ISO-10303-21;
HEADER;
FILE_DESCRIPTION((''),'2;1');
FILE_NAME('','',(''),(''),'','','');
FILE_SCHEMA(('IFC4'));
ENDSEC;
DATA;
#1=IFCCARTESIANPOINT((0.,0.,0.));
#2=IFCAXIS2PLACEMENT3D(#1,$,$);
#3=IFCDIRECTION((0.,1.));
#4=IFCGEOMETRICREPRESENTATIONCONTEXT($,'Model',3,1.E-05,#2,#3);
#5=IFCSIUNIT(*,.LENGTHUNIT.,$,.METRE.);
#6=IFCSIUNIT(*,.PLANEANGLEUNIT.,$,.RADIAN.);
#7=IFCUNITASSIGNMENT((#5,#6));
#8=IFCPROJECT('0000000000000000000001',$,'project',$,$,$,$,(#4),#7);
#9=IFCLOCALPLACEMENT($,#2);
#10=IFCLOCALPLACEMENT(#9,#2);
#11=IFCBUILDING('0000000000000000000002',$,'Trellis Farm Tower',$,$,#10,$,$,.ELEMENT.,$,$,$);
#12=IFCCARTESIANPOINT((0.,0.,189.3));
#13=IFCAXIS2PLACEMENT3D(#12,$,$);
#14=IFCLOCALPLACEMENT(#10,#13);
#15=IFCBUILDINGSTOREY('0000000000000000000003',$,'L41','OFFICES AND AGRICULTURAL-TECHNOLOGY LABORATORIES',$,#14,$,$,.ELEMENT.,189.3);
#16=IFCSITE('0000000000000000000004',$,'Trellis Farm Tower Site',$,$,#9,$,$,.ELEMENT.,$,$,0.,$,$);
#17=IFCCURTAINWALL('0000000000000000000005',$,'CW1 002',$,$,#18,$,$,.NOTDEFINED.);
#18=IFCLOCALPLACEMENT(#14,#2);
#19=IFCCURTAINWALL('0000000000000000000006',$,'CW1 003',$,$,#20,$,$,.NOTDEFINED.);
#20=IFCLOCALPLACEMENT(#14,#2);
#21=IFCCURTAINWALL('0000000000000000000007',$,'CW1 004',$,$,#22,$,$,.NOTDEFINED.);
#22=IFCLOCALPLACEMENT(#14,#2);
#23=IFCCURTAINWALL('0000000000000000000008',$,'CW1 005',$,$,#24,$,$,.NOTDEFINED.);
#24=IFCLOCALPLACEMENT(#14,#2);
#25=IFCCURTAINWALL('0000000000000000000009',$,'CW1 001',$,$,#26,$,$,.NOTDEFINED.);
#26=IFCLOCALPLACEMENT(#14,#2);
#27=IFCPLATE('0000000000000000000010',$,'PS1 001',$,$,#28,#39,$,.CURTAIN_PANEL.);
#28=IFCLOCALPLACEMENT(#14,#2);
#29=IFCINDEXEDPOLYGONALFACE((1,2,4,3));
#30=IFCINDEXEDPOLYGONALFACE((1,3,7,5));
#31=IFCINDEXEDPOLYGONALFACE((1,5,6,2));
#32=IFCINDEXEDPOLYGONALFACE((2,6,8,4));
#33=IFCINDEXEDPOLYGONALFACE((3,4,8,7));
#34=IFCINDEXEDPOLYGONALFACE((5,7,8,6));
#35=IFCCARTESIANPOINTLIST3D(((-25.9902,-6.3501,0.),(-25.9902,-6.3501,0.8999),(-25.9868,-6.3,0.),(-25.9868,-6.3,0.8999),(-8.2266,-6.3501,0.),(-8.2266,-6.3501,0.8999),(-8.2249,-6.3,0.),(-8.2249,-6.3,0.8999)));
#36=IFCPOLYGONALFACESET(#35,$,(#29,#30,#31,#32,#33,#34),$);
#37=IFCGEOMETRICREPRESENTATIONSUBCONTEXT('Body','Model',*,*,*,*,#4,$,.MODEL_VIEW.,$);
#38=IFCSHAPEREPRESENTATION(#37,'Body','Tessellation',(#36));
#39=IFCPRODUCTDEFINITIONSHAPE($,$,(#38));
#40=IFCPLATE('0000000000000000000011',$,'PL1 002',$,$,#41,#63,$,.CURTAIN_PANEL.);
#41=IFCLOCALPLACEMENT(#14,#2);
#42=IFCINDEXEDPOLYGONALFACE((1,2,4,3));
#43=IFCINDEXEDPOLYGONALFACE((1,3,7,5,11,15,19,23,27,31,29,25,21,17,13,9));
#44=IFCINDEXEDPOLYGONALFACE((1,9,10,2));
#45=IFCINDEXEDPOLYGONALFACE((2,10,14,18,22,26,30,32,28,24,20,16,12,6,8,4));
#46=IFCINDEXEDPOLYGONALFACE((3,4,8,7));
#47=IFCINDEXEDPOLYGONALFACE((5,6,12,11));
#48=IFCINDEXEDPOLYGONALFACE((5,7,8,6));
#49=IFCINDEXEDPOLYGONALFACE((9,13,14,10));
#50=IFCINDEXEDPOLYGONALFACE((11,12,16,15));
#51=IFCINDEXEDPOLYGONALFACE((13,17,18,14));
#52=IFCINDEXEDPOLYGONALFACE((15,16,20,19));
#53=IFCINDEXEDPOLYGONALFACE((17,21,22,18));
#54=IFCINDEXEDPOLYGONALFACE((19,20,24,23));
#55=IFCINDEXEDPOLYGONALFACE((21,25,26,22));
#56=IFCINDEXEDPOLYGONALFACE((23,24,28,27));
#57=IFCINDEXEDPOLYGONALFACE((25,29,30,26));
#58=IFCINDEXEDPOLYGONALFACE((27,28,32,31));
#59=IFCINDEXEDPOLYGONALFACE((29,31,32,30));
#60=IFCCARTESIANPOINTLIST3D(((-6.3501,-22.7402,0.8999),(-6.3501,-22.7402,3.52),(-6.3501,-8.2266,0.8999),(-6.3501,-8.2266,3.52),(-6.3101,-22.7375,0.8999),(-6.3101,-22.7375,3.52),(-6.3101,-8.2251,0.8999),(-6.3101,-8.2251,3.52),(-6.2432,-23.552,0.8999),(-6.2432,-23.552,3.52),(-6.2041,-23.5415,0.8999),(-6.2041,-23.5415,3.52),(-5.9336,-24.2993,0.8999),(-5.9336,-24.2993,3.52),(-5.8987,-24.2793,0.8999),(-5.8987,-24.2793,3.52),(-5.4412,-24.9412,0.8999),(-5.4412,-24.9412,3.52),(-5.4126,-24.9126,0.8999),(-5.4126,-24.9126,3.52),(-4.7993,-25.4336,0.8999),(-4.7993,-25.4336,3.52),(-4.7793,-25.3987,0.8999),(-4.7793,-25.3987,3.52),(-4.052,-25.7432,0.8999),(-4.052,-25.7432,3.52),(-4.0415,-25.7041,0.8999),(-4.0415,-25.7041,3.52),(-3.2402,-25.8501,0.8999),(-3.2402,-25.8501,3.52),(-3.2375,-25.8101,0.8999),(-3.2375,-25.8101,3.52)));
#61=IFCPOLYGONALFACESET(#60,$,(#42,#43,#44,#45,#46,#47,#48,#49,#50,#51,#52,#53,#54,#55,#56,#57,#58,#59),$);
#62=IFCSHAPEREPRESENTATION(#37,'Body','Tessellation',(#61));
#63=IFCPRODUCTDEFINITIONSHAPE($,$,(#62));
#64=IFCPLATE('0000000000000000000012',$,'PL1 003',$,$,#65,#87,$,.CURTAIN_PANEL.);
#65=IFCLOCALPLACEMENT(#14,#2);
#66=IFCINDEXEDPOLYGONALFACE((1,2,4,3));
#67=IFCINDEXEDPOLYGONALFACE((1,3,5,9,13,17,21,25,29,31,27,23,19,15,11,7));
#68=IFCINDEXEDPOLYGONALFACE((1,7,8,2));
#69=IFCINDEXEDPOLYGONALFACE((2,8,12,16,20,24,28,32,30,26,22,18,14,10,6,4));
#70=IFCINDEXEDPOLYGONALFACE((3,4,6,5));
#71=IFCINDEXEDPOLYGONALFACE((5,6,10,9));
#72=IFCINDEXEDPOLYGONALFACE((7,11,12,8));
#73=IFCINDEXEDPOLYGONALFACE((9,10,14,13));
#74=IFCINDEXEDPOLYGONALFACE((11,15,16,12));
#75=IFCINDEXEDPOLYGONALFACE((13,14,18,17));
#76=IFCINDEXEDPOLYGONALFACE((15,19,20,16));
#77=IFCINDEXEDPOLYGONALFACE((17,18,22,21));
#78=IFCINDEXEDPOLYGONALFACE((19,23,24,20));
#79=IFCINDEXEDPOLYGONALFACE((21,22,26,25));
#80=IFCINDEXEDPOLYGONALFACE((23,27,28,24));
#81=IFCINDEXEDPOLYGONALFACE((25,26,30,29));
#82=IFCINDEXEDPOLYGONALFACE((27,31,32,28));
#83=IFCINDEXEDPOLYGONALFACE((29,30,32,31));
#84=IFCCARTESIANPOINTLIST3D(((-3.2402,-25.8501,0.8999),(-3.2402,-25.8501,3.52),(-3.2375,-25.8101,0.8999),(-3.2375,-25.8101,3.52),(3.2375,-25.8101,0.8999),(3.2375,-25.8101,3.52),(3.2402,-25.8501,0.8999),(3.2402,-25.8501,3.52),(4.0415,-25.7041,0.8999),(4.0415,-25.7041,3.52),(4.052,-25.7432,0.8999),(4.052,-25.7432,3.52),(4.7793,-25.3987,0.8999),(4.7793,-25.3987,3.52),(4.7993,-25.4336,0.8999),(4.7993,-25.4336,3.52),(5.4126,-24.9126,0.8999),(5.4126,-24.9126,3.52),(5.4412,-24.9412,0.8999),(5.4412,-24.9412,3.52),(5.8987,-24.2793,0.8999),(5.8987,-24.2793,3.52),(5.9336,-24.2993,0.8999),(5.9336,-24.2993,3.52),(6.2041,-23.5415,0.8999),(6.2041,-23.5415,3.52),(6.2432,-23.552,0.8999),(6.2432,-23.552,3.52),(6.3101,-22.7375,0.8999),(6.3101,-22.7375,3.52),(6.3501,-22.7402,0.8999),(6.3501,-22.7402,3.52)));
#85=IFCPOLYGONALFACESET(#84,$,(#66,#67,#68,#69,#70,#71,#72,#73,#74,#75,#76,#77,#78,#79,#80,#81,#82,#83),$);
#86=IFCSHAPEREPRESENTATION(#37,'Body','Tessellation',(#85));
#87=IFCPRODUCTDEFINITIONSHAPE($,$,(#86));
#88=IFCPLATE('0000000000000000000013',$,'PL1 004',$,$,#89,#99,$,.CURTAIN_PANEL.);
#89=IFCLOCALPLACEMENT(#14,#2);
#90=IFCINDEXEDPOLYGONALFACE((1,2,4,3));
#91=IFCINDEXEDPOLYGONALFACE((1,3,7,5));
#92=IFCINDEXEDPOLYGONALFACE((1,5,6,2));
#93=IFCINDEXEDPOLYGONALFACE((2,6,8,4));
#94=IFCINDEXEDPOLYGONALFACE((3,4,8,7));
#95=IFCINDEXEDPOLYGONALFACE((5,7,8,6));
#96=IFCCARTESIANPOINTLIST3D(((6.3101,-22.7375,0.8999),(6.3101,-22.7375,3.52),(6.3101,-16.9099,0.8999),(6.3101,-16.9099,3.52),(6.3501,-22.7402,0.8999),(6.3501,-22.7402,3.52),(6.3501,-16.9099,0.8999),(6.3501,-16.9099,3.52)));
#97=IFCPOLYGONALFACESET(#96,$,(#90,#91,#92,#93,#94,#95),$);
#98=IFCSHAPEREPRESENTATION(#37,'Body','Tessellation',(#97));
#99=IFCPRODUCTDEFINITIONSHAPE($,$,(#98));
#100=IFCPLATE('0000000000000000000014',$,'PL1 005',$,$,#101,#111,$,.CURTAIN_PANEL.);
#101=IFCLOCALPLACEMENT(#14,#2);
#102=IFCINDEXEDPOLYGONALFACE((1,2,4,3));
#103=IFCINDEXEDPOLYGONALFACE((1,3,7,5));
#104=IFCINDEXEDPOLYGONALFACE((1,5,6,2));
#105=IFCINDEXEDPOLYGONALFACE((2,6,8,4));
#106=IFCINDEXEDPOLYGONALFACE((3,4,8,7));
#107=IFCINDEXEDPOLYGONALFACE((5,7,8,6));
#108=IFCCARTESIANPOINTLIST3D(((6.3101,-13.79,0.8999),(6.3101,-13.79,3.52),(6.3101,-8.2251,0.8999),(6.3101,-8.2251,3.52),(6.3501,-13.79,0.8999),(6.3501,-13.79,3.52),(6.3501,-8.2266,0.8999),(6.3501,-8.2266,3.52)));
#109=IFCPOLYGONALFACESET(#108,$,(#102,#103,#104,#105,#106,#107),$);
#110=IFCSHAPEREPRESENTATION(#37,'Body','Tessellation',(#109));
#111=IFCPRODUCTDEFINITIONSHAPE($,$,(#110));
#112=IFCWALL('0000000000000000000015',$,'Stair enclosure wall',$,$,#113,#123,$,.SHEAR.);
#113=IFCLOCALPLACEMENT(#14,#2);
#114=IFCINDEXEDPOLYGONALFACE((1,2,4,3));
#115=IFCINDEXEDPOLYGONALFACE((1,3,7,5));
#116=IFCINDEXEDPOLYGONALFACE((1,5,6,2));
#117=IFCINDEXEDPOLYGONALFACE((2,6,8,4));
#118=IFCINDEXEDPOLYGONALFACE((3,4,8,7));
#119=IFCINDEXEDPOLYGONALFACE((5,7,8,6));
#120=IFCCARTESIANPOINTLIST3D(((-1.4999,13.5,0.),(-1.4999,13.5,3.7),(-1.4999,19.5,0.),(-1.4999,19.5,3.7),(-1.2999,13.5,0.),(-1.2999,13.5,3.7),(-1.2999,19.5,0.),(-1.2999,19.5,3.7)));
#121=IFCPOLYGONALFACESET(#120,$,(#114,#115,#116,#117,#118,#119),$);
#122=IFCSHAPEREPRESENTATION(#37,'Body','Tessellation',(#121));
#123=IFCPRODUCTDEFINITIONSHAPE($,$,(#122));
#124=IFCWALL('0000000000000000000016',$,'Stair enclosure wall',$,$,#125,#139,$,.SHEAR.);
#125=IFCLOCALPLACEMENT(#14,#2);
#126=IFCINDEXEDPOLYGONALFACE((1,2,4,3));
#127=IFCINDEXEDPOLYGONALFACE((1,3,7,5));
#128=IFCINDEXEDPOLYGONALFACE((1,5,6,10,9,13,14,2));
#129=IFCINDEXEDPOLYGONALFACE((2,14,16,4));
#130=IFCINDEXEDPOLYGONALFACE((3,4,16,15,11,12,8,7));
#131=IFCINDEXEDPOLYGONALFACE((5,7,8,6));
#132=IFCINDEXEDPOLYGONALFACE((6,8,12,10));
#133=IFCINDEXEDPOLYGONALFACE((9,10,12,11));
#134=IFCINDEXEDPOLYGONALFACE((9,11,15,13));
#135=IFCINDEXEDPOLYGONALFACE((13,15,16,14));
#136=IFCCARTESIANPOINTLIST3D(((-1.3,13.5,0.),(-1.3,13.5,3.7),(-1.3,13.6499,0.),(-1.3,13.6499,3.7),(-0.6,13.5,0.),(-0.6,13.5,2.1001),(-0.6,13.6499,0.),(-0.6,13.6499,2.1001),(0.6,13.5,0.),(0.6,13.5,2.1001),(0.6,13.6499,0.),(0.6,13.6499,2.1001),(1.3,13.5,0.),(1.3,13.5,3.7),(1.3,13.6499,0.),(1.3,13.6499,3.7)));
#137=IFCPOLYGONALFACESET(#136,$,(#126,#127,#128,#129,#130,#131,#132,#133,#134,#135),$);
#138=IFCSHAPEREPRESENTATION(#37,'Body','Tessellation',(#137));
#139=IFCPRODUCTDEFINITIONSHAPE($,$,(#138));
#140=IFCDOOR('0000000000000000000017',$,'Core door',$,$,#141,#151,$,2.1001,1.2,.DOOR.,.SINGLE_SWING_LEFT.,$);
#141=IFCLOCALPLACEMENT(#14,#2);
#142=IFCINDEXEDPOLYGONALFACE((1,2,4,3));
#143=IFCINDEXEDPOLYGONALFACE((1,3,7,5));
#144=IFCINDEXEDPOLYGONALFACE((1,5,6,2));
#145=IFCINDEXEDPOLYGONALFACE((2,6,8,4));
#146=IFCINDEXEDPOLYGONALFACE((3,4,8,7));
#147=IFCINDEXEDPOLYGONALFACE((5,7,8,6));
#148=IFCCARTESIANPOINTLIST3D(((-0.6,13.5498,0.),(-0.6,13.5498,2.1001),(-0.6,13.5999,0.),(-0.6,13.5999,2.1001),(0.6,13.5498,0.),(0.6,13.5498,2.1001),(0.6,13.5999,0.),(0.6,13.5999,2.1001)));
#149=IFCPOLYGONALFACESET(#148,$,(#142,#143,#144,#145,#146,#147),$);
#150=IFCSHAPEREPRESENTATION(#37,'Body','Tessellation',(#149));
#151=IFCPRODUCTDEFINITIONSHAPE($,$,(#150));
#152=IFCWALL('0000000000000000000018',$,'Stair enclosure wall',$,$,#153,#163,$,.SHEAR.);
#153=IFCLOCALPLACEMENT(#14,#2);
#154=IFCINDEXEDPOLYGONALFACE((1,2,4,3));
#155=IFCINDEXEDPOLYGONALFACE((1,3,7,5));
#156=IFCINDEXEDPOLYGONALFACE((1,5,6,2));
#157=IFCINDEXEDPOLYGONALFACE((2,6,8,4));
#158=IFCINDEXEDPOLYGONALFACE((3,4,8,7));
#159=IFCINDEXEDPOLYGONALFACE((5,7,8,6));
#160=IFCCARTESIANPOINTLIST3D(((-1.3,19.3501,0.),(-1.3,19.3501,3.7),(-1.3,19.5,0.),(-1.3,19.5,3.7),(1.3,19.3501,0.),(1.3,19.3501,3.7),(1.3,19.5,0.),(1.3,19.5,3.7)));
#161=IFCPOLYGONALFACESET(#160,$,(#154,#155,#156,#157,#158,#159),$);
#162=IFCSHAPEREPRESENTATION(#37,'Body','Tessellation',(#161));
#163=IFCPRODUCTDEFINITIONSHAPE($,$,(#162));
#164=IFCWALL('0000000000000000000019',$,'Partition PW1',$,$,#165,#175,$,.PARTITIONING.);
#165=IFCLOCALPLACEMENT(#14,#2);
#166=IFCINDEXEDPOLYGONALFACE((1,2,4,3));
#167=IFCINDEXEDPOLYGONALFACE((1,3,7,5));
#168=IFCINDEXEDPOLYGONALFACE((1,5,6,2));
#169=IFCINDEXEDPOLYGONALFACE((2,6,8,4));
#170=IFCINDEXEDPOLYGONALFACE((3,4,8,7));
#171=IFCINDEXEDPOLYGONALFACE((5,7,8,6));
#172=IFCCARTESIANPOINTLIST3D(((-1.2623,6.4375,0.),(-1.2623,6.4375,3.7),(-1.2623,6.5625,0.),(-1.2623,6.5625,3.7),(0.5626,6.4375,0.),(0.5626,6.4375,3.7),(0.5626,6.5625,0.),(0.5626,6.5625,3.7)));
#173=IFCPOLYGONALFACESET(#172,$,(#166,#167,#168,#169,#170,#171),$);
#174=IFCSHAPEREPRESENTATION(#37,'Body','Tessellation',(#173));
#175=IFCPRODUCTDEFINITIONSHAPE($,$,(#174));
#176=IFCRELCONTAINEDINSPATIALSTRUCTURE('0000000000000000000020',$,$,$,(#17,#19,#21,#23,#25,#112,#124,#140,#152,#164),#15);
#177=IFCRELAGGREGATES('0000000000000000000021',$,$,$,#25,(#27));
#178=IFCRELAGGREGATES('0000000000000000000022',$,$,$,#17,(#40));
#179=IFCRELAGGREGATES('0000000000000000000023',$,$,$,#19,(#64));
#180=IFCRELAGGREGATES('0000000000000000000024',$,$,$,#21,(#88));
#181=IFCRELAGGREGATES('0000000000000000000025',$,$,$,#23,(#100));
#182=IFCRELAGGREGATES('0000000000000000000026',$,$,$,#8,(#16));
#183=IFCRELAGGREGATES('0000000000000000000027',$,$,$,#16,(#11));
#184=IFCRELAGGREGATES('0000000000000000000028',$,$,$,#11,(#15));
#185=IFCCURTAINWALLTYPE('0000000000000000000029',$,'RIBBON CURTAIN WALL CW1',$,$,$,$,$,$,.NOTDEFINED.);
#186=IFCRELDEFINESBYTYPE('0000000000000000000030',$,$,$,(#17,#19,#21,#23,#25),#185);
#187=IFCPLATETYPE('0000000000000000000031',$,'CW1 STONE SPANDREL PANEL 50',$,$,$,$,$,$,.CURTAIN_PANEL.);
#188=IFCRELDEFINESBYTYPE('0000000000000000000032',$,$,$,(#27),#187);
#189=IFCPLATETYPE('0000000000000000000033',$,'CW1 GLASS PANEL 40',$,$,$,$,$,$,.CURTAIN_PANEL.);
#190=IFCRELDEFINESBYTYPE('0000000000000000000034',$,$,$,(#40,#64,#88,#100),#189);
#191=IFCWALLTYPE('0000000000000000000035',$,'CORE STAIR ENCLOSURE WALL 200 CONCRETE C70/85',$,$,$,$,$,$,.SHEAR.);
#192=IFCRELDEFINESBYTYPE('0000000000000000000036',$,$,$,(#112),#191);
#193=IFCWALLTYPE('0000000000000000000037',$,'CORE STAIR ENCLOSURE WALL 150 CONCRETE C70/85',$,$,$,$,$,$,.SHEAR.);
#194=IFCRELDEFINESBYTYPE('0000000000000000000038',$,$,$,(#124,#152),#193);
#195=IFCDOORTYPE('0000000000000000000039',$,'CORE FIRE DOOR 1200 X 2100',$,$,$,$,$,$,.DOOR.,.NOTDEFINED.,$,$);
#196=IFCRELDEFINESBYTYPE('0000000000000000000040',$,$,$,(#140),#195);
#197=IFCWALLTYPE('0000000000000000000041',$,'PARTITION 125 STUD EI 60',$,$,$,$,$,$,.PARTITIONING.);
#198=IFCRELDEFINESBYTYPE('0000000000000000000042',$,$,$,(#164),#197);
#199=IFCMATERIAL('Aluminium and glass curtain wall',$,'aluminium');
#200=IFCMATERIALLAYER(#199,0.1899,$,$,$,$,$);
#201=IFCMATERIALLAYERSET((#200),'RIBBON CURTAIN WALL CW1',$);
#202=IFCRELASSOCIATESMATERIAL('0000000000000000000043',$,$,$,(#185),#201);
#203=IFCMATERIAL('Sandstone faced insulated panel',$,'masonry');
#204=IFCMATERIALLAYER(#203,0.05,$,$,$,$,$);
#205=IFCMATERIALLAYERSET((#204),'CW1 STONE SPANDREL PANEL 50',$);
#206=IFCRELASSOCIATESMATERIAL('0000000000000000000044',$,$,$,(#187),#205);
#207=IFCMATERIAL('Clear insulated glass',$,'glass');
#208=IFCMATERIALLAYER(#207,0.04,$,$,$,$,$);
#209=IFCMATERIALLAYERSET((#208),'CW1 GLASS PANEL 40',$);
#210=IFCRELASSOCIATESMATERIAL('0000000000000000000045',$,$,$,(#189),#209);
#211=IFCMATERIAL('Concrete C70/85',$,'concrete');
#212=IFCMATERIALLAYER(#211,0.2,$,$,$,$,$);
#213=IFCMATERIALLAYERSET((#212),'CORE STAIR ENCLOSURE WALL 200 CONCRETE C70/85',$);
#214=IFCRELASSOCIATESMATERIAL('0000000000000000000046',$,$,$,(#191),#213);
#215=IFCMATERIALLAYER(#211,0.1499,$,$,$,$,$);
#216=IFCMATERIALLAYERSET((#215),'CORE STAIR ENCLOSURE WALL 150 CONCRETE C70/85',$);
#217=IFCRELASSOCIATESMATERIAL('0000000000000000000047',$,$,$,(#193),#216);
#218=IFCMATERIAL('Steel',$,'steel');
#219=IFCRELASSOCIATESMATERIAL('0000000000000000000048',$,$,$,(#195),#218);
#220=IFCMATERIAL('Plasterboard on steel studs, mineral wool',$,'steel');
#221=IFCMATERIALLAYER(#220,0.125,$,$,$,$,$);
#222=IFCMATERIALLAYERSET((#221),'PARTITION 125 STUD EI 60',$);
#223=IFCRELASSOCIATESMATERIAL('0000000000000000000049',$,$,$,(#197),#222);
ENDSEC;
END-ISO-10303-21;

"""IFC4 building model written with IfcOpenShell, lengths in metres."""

from ifc_helpers import new_model, si_unit, direction, frame, frame_2d, origin, place, context, subcontext, project, spatial, polyline, rectangle, outline, extrude, source, transform, mapped, material, layer, layer_set, type_object, element, fill, aggregate, save


model = new_model("IFC4")

# Units and contexts
model_context = context("Model", 3, precision=1e-05, world=origin(), true_north=direction((0.0, 1.0)))
body_context = subcontext(model_context, "Body", "Model", "MODEL_VIEW")
ifc_project = project(units=[si_unit("LENGTHUNIT", "METRE"), si_unit("PLANEANGLEUNIT", "RADIAN")], contexts=[model_context])

# Site, building, storey
site_placement = place(None, origin())
site = spatial("IfcSite", under=ifc_project, at=site_placement, Name="Trellis Farm Tower Site", CompositionType="ELEMENT", RefElevation=0.0)
building_placement = place(site_placement, origin())
building = spatial("IfcBuilding", under=site, at=building_placement, Name="Trellis Farm Tower", CompositionType="ELEMENT")
storey_placement = place(building_placement, frame((0.0, 0.0, 189.3)))
storey = spatial("IfcBuildingStorey", under=building, at=storey_placement, Name="L41", Description="OFFICES AND AGRICULTURAL-TECHNOLOGY LABORATORIES", CompositionType="ELEMENT", Elevation=189.3)

# Shared definitions
ifc_material_1 = material(Name="Concrete C70/85", Category="concrete")

# Curtain walls
ifc_material_2 = material(Name="Aluminium and glass curtain wall", Category="aluminium")
placement_1 = place(storey_placement, origin())
ifc_layer_1 = layer(ifc_material_2, 0.1899)
ifc_layer_set_1 = layer_set([ifc_layer_1], Name="RIBBON CURTAIN WALL CW1")
curtain_wall_type_1 = type_object("IfcCurtainWallType", Name="RIBBON CURTAIN WALL CW1", PredefinedType="NOTDEFINED", material=ifc_layer_set_1)
curtain_wall_1 = element("IfcCurtainWall", 1, at=placement_1, inside=storey, type_object=curtain_wall_type_1, Name="CW1 002", PredefinedType="NOTDEFINED")
curtain_wall_2 = element("IfcCurtainWall", 2, at=placement_1, inside=storey, type_object=curtain_wall_type_1, Name="CW1 003", PredefinedType="NOTDEFINED")
curtain_wall_3 = element("IfcCurtainWall", 3, at=placement_1, inside=storey, type_object=curtain_wall_type_1, Name="CW1 004", PredefinedType="NOTDEFINED")
curtain_wall_4 = element("IfcCurtainWall", 4, at=placement_1, inside=storey, type_object=curtain_wall_type_1, Name="CW1 005", PredefinedType="NOTDEFINED")
curtain_wall_5 = element("IfcCurtainWall", 5, at=placement_1, inside=storey, type_object=curtain_wall_type_1, Name="CW1 001", PredefinedType="NOTDEFINED")

# Plates
ifc_material_3 = material(Name="Sandstone faced insulated panel", Category="masonry")
ifc_layer_2 = layer(ifc_material_3, 0.05)
ifc_layer_set_2 = layer_set([ifc_layer_2], Name="CW1 STONE SPANDREL PANEL 50")
plate_type_1 = type_object("IfcPlateType", Name="CW1 STONE SPANDREL PANEL 50", PredefinedType="CURTAIN_PANEL", material=ifc_layer_set_2)
ifc_material_4 = material(Name="Clear insulated glass", Category="glass")
ifc_layer_3 = layer(ifc_material_4, 0.04)
ifc_layer_set_3 = layer_set([ifc_layer_3], Name="CW1 GLASS PANEL 40")
plate_type_2 = type_object("IfcPlateType", Name="CW1 GLASS PANEL 40", PredefinedType="CURTAIN_PANEL", material=ifc_layer_set_3)
placement_2 = place(storey_placement, frame((0.0, 0.0, 0.8999)))
shared_shape_1 = source(origin(), body_context, "Body", "SweptSolid", [
    extrude(outline(polyline([(-25.9902, -6.3501), (-8.2266, -6.3501), (-8.2249, -6.3), (-25.9868, -6.3), (-25.9902, -6.3501)])), origin(), (0.0, 0.0, 1.0), 0.8999),
])
plate_1 = element("IfcPlate", 6, at=placement_1, type_object=plate_type_1, Name="PS1 001", PredefinedType="CURTAIN_PANEL", context=body_context, shape_type="MappedRepresentation", body=[
    mapped(shared_shape_1, transform((0.0, 0.0, 0.0))),
])
aggregate(curtain_wall_5, [plate_1])
shared_shape_2 = source(origin(), body_context, "Body", "SweptSolid", [
    extrude(outline(polyline([(-6.3501, -8.2266), (-6.3501, -22.7402), (-6.2432, -23.552), (-5.9336, -24.2993), (-5.4412, -24.9412), (-4.7993, -25.4336), (-4.052, -25.7432), (-3.2402, -25.8501), (-3.2375, -25.8101), (-4.0415, -25.7041), (-4.7793, -25.3987), (-5.4126, -24.9126), (-5.8987, -24.2793), (-6.2041, -23.5415), (-6.3101, -22.7375), (-6.3101, -8.2251), (-6.3501, -8.2266)])), origin(), (0.0, 0.0, 1.0), 2.6201),
])
plate_2 = element("IfcPlate", 7, at=placement_2, type_object=plate_type_2, Name="PL1 002", PredefinedType="CURTAIN_PANEL", context=body_context, shape_type="MappedRepresentation", body=[
    mapped(shared_shape_2, transform((0.0, 0.0, 0.0))),
])
aggregate(curtain_wall_1, [plate_2])
shared_shape_3 = source(origin(), body_context, "Body", "SweptSolid", [
    extrude(outline(polyline([(-3.2402, -25.8501), (3.2402, -25.8501), (4.052, -25.7432), (4.7993, -25.4336), (5.4412, -24.9412), (5.9336, -24.2993), (6.2432, -23.552), (6.3501, -22.7402), (6.3101, -22.7375), (6.2041, -23.5415), (5.8987, -24.2793), (5.4126, -24.9126), (4.7793, -25.3987), (4.0415, -25.7041), (3.2375, -25.8101), (-3.2375, -25.8101), (-3.2402, -25.8501)])), origin(), (0.0, 0.0, 1.0), 2.6201),
])
plate_3 = element("IfcPlate", 8, at=placement_2, type_object=plate_type_2, Name="PL1 003", PredefinedType="CURTAIN_PANEL", context=body_context, shape_type="MappedRepresentation", body=[
    mapped(shared_shape_3, transform((0.0, 0.0, 0.0))),
])
aggregate(curtain_wall_2, [plate_3])
shared_shape_4 = source(origin(), body_context, "Body", "SweptSolid", [
    extrude(outline(polyline([(6.3501, -22.7402), (6.3501, -16.9099), (6.3101, -16.9099), (6.3101, -22.7375), (6.3501, -22.7402)])), origin(), (0.0, 0.0, 1.0), 2.6201),
])
plate_4 = element("IfcPlate", 9, at=placement_2, type_object=plate_type_2, Name="PL1 004", PredefinedType="CURTAIN_PANEL", context=body_context, shape_type="MappedRepresentation", body=[
    mapped(shared_shape_4, transform((0.0, 0.0, 0.0))),
])
aggregate(curtain_wall_3, [plate_4])
shared_shape_5 = source(origin(), body_context, "Body", "SweptSolid", [
    extrude(outline(polyline([(6.3501, -13.79), (6.3501, -8.2266), (6.3101, -8.2251), (6.3101, -13.79), (6.3501, -13.79)])), origin(), (0.0, 0.0, 1.0), 2.6201),
])
plate_5 = element("IfcPlate", 10, at=placement_2, type_object=plate_type_2, Name="PL1 005", PredefinedType="CURTAIN_PANEL", context=body_context, shape_type="MappedRepresentation", body=[
    mapped(shared_shape_5, transform((0.0, 0.0, 0.0))),
])
aggregate(curtain_wall_4, [plate_5])

# Wall
ifc_layer_4 = layer(ifc_material_1, 0.2)
ifc_layer_set_4 = layer_set([ifc_layer_4], Name="CORE STAIR ENCLOSURE WALL 200 CONCRETE C70/85")
wall_type_1 = type_object("IfcWallType", Name="CORE STAIR ENCLOSURE WALL 200 CONCRETE C70/85", PredefinedType="SHEAR", material=ifc_layer_set_4)
shared_shape_6 = source(origin(), body_context, "Body", "SweptSolid", [
    extrude(rectangle(XDim=6.0, YDim=0.2, at=frame_2d((3.0, 0.0))), origin(), (0.0, 0.0, 1.0), 3.7),
])
wall_1_placement = place(storey_placement, frame((-1.3999, 13.5, 0.0), z_axis=(0.0, 0.0, 1.0), x_axis=(0.0, 1.0, 0.0)))
element("IfcWall", 11, at=wall_1_placement, inside=storey, type_object=wall_type_1, Name="Stair enclosure wall", PredefinedType="SHEAR", context=body_context, shape_type="MappedRepresentation", body=[
    mapped(shared_shape_6, transform((0.0, 0.0, 0.0))),
])

# Wall, opening, door
ifc_layer_5 = layer(ifc_material_1, 0.1499)
ifc_layer_set_5 = layer_set([ifc_layer_5], Name="CORE STAIR ENCLOSURE WALL 150 CONCRETE C70/85")
wall_type_2 = type_object("IfcWallType", Name="CORE STAIR ENCLOSURE WALL 150 CONCRETE C70/85", PredefinedType="SHEAR", material=ifc_layer_set_5)
shared_shape_7 = source(origin(), body_context, "Body", "SweptSolid", [
    extrude(rectangle(XDim=2.6001, YDim=0.1499, at=frame_2d((1.3, 0.0))), origin(), (0.0, 0.0, 1.0), 3.7),
])
wall_2_placement = place(storey_placement, frame((-1.3, 13.575, 0.0), z_axis=(0.0, 0.0, 1.0), x_axis=(1.0, 0.0, 0.0)))
wall_2 = element("IfcWall", 12, at=wall_2_placement, inside=storey, type_object=wall_type_2, Name="Stair enclosure wall", PredefinedType="SHEAR", context=body_context, shape_type="MappedRepresentation", body=[
    mapped(shared_shape_7, transform((0.0, 0.0, 0.0))),
])
shared_shape_8 = source(origin(), body_context, "Body", "SweptSolid", [
    extrude(rectangle(XDim=1.2, YDim=2.1001, at=frame_2d((0.6001, 1.05))), frame((0.0, 0.085, 0.0), z_axis=(0.0, -1.0, 0.0), x_axis=(1.0, 0.0, 0.0)), (0.0, 0.0, 1.0), 0.1699),
])
opening_1_placement = place(wall_2_placement, frame((0.7, 0.0, 0.0)))
opening_1 = element("IfcOpeningElement", 13, at=opening_1_placement, cuts=wall_2, PredefinedType="OPENING", context=body_context, shape_type="MappedRepresentation", body=[
    mapped(shared_shape_8, transform((0.0, 0.0, 0.0))),
])
ifc_material_5 = material(Name="Steel", Category="steel")
door_type_1 = type_object("IfcDoorType", Name="CORE FIRE DOOR 1200 X 2100", OperationType="NOTDEFINED", PredefinedType="DOOR", material=ifc_material_5)
shared_shape_9 = source(origin(), body_context, "Body", "SweptSolid", [
    extrude(rectangle(XDim=1.2, YDim=2.1001, at=frame_2d((0.6001, 1.05))), frame((0.0, 0.0249, 0.0), z_axis=(0.0, -1.0, 0.0), x_axis=(1.0, 0.0, 0.0)), (0.0, 0.0, 1.0), 0.05),
])
door_1_placement = place(opening_1_placement, origin())
door_1 = element("IfcDoor", 14, at=door_1_placement, inside=storey, type_object=door_type_1, Name="Core door", OperationType="SINGLE_SWING_LEFT", OverallHeight=2.1001, OverallWidth=1.2, PredefinedType="DOOR", context=body_context, shape_type="MappedRepresentation", body=[
    mapped(shared_shape_9, transform((0.0, 0.0, 0.0))),
])
fill(opening_1, door_1)

# Walls
wall_3_placement = place(storey_placement, frame((-1.3, 19.425, 0.0), z_axis=(0.0, 0.0, 1.0), x_axis=(1.0, 0.0, 0.0)))
element("IfcWall", 15, at=wall_3_placement, inside=storey, type_object=wall_type_2, Name="Stair enclosure wall", PredefinedType="SHEAR", context=body_context, shape_type="MappedRepresentation", body=[
    mapped(shared_shape_7, transform((0.0, 0.0, 0.0))),
])
ifc_material_6 = material(Name="Plasterboard on steel studs, mineral wool", Category="steel")
ifc_layer_6 = layer(ifc_material_6, 0.125)
ifc_layer_set_6 = layer_set([ifc_layer_6], Name="PARTITION 125 STUD EI 60")
wall_type_3 = type_object("IfcWallType", Name="PARTITION 125 STUD EI 60", PredefinedType="PARTITIONING", material=ifc_layer_set_6)
shared_shape_10 = source(origin(), body_context, "Body", "SweptSolid", [
    extrude(rectangle(XDim=1.825, YDim=0.125, at=frame_2d((0.9126, 0.0))), origin(), (0.0, 0.0, 1.0), 3.7),
])
wall_4_placement = place(storey_placement, frame((-1.2625, 6.5, 0.0), z_axis=(0.0, 0.0, 1.0), x_axis=(1.0, 0.0, 0.0)))
element("IfcWall", 16, at=wall_4_placement, inside=storey, type_object=wall_type_3, Name="Partition PW1", PredefinedType="PARTITIONING", context=body_context, shape_type="MappedRepresentation", body=[
    mapped(shared_shape_10, transform((0.0, 0.0, 0.0))),
])

save(model, "model.ifc")
